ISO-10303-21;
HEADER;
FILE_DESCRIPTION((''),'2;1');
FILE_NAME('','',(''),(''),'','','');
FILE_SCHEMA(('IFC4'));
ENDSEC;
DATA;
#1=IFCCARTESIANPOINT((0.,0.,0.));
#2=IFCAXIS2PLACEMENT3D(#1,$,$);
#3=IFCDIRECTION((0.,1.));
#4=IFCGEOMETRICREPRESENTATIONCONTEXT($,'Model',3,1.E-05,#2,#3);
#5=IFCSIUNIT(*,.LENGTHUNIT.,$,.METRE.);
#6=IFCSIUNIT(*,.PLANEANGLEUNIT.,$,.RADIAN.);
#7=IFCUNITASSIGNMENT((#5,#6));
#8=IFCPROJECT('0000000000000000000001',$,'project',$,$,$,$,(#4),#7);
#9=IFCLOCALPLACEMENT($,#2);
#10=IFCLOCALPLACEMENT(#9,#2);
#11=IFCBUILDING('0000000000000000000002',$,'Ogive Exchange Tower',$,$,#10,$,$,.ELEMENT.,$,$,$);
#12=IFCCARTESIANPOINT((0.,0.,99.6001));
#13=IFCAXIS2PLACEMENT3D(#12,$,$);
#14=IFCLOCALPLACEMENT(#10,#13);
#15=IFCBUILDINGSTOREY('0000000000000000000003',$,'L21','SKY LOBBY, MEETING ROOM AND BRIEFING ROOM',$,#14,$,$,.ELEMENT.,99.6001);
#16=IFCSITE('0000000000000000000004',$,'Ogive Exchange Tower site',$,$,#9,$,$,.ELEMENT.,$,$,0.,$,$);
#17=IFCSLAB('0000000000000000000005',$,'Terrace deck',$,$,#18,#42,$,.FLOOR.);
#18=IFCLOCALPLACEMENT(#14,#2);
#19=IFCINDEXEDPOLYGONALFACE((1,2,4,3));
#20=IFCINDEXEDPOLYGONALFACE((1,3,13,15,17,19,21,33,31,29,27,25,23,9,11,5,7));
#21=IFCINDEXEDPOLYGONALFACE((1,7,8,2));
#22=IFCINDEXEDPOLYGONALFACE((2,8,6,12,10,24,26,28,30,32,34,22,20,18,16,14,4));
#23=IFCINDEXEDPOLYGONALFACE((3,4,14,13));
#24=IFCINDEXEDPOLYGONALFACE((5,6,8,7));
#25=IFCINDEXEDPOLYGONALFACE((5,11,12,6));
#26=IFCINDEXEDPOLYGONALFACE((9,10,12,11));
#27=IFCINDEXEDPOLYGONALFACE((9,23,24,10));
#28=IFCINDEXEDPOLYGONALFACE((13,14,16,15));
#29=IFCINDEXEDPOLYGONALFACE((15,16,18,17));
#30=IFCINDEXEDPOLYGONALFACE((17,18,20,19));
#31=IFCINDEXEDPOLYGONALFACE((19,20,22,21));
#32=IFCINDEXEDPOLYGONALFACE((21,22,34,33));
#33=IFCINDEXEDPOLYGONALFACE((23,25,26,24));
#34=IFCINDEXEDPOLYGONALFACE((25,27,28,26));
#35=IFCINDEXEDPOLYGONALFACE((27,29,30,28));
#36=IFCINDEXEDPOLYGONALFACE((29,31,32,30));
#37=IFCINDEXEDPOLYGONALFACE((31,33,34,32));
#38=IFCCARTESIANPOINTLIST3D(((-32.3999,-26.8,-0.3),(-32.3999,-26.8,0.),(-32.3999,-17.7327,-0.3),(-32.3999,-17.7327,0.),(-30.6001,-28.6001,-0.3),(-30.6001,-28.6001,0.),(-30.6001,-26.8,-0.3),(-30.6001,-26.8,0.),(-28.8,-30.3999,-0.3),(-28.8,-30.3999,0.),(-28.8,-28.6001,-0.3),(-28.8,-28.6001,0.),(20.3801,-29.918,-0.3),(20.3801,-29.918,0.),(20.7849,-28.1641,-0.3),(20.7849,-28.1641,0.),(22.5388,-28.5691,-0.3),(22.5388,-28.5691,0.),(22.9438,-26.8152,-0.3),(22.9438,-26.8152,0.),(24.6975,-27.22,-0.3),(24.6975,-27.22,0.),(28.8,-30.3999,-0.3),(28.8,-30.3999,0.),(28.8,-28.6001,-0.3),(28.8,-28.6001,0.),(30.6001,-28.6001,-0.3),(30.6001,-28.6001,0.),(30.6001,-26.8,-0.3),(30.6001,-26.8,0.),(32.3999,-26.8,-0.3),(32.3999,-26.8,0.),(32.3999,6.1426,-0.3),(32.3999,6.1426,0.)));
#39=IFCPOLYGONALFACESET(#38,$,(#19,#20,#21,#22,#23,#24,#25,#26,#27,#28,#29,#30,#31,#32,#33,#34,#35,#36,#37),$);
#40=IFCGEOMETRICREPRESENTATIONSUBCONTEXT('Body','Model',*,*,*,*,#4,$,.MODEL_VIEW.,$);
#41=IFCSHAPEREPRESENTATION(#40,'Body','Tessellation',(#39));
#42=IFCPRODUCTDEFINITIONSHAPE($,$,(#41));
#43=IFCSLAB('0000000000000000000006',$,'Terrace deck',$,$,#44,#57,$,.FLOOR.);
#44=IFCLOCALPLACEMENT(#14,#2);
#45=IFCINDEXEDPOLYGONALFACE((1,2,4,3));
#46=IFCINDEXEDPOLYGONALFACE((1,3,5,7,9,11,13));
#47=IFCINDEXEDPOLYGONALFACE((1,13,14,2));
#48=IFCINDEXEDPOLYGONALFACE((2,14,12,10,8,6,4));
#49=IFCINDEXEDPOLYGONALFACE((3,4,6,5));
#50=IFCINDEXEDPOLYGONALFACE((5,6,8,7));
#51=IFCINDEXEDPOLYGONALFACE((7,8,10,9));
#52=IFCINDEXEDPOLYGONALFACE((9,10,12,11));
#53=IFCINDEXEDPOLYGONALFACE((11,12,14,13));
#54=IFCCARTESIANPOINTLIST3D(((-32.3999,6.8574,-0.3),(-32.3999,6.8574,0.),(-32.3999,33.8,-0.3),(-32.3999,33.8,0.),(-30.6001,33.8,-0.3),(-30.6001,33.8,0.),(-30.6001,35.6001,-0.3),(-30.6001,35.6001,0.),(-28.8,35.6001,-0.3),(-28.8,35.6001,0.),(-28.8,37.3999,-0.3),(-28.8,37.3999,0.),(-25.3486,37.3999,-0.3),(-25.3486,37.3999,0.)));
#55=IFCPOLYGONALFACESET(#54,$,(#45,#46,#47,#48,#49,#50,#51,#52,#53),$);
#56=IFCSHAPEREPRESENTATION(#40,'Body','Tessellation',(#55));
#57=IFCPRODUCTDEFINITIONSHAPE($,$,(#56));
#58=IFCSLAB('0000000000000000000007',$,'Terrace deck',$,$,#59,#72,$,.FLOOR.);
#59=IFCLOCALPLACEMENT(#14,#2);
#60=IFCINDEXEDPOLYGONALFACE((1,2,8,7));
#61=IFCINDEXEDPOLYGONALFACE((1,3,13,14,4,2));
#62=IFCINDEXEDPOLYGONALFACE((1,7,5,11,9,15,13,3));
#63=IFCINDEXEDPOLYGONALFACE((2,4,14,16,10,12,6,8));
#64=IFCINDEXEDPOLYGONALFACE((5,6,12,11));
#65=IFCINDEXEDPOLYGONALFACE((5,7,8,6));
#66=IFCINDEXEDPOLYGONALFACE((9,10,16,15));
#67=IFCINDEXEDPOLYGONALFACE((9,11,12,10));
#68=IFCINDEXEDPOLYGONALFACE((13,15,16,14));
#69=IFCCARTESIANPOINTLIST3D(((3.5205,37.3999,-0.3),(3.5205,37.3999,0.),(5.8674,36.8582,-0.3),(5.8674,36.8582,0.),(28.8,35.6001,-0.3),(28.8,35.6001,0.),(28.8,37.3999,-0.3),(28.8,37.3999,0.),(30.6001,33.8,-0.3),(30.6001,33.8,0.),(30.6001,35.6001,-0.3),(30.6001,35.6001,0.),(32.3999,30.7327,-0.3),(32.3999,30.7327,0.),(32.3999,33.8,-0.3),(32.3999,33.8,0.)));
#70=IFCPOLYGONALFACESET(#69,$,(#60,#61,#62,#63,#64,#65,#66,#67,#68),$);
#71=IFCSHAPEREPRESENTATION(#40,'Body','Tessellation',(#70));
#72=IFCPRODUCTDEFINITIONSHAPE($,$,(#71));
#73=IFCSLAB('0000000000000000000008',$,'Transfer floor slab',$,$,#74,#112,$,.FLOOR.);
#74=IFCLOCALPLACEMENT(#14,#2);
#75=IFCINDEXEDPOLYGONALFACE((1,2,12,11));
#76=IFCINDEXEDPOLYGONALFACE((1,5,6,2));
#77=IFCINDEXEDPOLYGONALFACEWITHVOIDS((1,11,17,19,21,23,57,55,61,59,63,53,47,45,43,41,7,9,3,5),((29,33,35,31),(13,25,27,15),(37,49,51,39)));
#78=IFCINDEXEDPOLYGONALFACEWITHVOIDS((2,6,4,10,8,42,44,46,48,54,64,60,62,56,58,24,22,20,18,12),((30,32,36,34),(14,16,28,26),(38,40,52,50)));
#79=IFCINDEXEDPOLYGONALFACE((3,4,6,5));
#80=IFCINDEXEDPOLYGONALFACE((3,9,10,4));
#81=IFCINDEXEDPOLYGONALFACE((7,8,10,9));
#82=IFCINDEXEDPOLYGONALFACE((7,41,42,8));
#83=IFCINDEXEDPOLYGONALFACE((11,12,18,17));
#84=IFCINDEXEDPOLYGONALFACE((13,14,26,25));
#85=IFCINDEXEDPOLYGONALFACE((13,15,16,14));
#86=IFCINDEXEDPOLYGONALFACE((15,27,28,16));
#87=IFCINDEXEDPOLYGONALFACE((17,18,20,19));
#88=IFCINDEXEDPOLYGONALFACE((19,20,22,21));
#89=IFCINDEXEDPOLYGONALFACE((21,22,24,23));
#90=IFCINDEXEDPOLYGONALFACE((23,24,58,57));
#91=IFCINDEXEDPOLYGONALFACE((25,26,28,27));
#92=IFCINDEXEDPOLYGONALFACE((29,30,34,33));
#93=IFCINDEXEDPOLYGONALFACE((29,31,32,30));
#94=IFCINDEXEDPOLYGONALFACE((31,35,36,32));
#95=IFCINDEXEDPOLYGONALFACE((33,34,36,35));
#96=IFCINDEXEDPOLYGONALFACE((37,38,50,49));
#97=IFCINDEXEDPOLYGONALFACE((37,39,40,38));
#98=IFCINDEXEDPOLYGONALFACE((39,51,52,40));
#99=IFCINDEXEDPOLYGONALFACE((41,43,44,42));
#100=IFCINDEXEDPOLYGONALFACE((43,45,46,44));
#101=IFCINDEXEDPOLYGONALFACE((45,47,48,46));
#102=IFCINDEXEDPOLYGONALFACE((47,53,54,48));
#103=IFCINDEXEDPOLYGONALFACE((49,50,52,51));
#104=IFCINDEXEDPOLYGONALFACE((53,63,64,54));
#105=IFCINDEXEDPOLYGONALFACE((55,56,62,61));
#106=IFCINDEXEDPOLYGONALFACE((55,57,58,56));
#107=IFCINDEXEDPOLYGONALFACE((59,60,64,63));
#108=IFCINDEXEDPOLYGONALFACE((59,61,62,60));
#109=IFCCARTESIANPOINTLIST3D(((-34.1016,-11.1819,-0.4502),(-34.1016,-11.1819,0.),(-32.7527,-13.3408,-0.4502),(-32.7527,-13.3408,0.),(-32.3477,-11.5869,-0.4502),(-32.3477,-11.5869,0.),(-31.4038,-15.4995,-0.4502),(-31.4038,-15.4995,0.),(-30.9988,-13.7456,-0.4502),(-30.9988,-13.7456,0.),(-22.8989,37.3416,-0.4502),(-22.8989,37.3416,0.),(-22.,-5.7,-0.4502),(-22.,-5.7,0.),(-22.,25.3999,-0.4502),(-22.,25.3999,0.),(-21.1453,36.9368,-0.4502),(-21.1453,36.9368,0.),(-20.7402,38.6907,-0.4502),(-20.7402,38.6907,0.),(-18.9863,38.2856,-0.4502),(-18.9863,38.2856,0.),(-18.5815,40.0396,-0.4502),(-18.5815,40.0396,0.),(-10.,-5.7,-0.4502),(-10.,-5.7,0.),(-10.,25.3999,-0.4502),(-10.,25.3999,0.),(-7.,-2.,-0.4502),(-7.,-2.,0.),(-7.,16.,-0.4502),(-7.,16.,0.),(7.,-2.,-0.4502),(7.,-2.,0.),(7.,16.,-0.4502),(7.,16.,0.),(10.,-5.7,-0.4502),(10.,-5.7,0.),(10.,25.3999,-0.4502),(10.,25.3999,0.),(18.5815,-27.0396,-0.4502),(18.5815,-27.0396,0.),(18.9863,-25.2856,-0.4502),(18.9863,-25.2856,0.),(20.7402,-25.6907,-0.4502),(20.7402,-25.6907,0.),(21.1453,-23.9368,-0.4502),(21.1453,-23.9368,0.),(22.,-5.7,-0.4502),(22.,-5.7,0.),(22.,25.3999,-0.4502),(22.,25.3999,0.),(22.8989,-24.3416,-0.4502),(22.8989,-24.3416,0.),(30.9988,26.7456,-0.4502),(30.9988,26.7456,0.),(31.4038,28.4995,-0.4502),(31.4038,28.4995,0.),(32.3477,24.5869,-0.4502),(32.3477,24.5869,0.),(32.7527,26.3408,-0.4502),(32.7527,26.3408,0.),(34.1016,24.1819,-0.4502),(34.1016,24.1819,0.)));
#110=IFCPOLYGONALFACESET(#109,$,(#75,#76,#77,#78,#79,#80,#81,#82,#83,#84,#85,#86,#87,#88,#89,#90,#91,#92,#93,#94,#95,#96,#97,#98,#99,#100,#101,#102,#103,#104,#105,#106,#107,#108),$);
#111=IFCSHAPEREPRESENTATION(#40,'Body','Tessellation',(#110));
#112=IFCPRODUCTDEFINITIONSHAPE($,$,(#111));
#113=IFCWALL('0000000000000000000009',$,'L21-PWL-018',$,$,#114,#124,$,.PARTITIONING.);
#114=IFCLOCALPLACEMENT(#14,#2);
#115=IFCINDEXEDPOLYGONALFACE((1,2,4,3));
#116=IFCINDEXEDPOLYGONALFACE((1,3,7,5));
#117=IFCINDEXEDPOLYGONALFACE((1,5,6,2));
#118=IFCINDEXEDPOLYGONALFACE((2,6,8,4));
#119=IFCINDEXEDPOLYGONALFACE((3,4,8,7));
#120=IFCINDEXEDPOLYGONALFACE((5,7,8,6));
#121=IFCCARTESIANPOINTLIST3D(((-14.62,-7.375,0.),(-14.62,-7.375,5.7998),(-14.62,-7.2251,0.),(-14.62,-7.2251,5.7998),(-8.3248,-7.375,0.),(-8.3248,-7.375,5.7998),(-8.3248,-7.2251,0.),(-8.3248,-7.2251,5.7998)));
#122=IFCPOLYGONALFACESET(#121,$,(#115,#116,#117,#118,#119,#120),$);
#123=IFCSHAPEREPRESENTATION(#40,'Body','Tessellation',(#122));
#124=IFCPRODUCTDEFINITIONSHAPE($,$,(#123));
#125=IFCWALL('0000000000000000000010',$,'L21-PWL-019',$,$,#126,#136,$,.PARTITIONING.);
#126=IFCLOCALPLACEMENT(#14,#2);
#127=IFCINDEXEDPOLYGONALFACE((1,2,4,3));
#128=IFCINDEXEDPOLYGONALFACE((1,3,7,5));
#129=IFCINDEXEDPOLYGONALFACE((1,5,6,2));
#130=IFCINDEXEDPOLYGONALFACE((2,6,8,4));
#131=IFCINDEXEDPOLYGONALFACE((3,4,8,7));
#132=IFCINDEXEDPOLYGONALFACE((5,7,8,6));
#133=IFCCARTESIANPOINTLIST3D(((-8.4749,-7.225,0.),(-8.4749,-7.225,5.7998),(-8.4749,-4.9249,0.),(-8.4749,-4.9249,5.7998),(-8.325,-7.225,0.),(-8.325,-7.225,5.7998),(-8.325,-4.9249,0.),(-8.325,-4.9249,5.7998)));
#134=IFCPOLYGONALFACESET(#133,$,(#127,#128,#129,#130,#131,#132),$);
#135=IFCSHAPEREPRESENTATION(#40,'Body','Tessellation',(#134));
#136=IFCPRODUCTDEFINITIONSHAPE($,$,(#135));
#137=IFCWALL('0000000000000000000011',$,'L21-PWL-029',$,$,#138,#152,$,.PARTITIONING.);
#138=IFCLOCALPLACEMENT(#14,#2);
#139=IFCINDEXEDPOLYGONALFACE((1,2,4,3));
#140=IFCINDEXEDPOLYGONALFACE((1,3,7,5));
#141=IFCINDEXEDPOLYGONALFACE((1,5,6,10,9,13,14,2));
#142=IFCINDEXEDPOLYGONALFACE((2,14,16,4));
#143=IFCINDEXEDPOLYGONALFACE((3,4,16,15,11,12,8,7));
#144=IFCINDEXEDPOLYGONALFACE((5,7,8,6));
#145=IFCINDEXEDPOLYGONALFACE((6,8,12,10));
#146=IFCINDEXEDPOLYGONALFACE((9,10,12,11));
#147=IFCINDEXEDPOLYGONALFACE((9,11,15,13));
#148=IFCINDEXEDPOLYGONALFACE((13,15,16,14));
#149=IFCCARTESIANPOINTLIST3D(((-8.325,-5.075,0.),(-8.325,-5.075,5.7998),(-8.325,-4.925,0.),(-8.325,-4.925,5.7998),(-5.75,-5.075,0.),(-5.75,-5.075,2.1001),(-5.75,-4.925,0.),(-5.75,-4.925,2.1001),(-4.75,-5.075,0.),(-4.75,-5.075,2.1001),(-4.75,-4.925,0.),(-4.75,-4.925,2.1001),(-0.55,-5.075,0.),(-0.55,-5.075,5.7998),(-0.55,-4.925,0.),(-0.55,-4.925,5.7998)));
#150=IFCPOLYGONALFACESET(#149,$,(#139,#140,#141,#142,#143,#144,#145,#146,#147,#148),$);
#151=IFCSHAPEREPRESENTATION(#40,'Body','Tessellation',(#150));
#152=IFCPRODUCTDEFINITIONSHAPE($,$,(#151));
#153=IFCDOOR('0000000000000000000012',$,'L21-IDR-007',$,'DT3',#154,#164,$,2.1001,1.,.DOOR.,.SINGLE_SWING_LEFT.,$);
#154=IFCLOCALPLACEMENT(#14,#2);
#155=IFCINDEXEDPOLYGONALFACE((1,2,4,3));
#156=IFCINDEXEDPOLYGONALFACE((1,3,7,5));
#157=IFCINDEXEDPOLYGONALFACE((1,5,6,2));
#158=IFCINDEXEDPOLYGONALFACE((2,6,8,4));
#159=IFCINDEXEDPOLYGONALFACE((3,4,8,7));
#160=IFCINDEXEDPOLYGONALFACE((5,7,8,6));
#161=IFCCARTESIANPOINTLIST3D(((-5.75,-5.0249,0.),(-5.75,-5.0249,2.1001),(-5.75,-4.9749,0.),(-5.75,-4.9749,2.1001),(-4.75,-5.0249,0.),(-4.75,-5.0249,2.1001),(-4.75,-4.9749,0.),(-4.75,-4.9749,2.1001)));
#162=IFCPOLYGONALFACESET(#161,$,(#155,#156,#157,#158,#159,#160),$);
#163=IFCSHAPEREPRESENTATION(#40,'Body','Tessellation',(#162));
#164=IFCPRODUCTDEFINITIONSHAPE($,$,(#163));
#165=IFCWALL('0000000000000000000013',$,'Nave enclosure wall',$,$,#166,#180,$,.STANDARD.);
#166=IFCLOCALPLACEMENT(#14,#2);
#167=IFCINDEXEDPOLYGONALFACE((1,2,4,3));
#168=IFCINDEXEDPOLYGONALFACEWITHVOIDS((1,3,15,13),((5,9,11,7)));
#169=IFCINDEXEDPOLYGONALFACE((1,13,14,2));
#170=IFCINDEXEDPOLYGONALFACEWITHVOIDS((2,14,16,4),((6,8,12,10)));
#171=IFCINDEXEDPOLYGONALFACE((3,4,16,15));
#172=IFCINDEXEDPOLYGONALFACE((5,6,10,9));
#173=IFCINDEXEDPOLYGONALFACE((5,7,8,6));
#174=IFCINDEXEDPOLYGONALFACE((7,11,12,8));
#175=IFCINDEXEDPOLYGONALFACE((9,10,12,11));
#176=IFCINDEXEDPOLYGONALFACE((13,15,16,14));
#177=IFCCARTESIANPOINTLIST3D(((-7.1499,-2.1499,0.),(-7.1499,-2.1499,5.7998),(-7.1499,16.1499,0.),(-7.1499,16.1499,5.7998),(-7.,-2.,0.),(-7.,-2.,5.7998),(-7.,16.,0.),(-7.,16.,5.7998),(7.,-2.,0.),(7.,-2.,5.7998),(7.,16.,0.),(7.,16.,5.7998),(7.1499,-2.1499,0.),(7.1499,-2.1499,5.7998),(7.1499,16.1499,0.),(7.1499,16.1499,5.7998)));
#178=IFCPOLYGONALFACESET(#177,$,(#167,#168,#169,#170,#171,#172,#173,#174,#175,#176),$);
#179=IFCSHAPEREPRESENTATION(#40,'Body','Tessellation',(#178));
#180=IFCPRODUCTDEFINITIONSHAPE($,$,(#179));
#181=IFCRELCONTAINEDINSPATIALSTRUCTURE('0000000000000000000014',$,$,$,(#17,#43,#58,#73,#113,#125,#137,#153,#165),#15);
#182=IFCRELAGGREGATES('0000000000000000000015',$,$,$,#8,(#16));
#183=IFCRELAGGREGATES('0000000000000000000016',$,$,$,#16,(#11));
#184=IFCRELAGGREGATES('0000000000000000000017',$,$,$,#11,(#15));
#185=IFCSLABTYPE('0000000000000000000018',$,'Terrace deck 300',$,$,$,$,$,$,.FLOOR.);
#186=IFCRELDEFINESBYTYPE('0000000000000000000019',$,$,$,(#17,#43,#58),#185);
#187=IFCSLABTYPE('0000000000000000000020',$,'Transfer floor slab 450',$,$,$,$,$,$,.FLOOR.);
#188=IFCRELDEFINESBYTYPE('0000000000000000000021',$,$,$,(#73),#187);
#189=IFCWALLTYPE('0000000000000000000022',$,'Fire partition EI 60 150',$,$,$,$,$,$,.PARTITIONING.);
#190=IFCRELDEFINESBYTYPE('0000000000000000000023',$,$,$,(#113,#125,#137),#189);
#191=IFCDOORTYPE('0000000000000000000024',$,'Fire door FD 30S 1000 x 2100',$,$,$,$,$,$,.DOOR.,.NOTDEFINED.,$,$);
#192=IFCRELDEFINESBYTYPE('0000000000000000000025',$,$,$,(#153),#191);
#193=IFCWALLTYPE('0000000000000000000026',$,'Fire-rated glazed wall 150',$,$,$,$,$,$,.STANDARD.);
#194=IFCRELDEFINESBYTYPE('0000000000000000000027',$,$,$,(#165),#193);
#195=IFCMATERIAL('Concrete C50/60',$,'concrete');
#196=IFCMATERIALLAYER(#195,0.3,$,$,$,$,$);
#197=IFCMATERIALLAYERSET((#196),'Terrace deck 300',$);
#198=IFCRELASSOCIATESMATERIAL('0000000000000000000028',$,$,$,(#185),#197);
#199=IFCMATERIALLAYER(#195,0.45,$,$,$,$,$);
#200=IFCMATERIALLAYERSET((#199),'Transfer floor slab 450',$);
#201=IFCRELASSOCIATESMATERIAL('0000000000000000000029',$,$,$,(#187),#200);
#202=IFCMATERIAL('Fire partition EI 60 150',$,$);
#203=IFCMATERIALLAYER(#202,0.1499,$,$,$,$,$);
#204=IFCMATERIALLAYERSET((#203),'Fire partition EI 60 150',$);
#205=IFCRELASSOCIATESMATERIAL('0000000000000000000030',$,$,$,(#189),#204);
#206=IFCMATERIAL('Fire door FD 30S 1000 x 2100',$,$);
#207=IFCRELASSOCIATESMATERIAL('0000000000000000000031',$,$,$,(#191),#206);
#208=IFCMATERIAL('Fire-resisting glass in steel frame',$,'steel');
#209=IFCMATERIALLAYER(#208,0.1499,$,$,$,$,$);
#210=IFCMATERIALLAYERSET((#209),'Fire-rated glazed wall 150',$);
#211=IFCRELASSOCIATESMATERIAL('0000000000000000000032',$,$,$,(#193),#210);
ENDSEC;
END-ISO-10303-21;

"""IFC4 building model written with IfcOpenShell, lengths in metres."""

from ifc_helpers import new_model, si_unit, direction, frame, frame_2d, origin, place, context, subcontext, project, spatial, polyline, rectangle, outline, extrude, material, layer, layer_set, type_object, element, fill, save


model = new_model("IFC4")

# Units and contexts
model_context = context("Model", 3, precision=1e-05, world=origin(), true_north=direction((0.0, 1.0)))
body_context = subcontext(model_context, "Body", "Model", "MODEL_VIEW")
ifc_project = project(units=[si_unit("LENGTHUNIT", "METRE"), si_unit("PLANEANGLEUNIT", "RADIAN")], contexts=[model_context])

# Site, building, storey
site_placement = place(None, origin())
site = spatial("IfcSite", under=ifc_project, at=site_placement, Name="Ogive Exchange Tower site", CompositionType="ELEMENT", RefElevation=0.0)
building_placement = place(site_placement, origin())
building = spatial("IfcBuilding", under=site, at=building_placement, Name="Ogive Exchange Tower", CompositionType="ELEMENT")
storey_placement = place(building_placement, frame((0.0, 0.0, 99.6001)))
storey = spatial("IfcBuildingStorey", under=building, at=storey_placement, Name="L21", Description="SKY LOBBY, MEETING ROOM AND BRIEFING ROOM", CompositionType="ELEMENT", Elevation=99.6001)

# Slabs
ifc_material_1 = material(Name="Concrete C50/60", Category="concrete")
ifc_layer_1 = layer(ifc_material_1, 0.3)
ifc_layer_set_1 = layer_set([ifc_layer_1], Name="Terrace deck 300")
slab_type_1 = type_object("IfcSlabType", Name="Terrace deck 300", PredefinedType="FLOOR", material=ifc_layer_set_1)
slab_1_placement = place(storey_placement, frame((0.0, 0.0, -0.3)))
element("IfcSlab", 1, at=slab_1_placement, inside=storey, type_object=slab_type_1, Name="Terrace deck", PredefinedType="FLOOR", context=body_context, shape_type="SweptSolid", body=[
    extrude(outline(polyline([(30.6001, -26.8), (30.6001, -28.6001), (28.8, -28.6001), (28.8, -30.3999), (-28.8, -30.3999), (-28.8, -28.6001), (-30.6001, -28.6001), (-30.6001, -26.8), (-32.3999, -26.8), (-32.3999, -17.7327), (20.3801, -29.918), (20.7849, -28.1641), (22.5388, -28.5691), (22.9438, -26.8152), (24.6975, -27.22), (32.3999, 6.1426), (32.3999, -26.8), (30.6001, -26.8)])), origin(), (0.0, 0.0, 1.0), 0.3),
])
slab_2_placement = place(storey_placement, frame((0.0, 0.0, -0.3)))
element("IfcSlab", 2, at=slab_2_placement, inside=storey, type_object=slab_type_1, Name="Terrace deck", PredefinedType="FLOOR", context=body_context, shape_type="SweptSolid", body=[
    extrude(outline(polyline([(-30.6001, 33.8), (-30.6001, 35.6001), (-28.8, 35.6001), (-28.8, 37.3999), (-25.3486, 37.3999), (-32.3999, 6.8574), (-32.3999, 33.8), (-30.6001, 33.8)])), origin(), (0.0, 0.0, 1.0), 0.3),
])
slab_3_placement = place(storey_placement, frame((0.0, 0.0, -0.3)))
element("IfcSlab", 3, at=slab_3_placement, inside=storey, type_object=slab_type_1, Name="Terrace deck", PredefinedType="FLOOR", context=body_context, shape_type="SweptSolid", body=[
    extrude(outline(polyline([(28.8, 35.6001), (30.6001, 35.6001), (30.6001, 33.8), (32.3999, 33.8), (32.3999, 30.7327), (5.8674, 36.8582), (3.5205, 37.3999), (28.8, 37.3999), (28.8, 35.6001)])), origin(), (0.0, 0.0, 1.0), 0.3),
])
ifc_layer_2 = layer(ifc_material_1, 0.45)
ifc_layer_set_2 = layer_set([ifc_layer_2], Name="Transfer floor slab 450")
slab_type_2 = type_object("IfcSlabType", Name="Transfer floor slab 450", PredefinedType="FLOOR", material=ifc_layer_set_2)
slab_4_placement = place(storey_placement, frame((0.0, 0.0, -0.4502)))
element("IfcSlab", 4, at=slab_4_placement, inside=storey, type_object=slab_type_2, Name="Transfer floor slab", PredefinedType="FLOOR", context=body_context, shape_type="SweptSolid", body=[
    extrude(outline(polyline([(-30.9988, -13.7456), (-32.7527, -13.3408), (-32.3477, -11.5869), (-34.1016, -11.1819), (-22.8989, 37.3416), (-21.1453, 36.9368), (-20.7402, 38.6907), (-18.9863, 38.2856), (-18.5815, 40.0396), (31.4038, 28.4995), (30.9988, 26.7456), (32.7527, 26.3408), (32.3477, 24.5869), (34.1016, 24.1819), (22.8989, -24.3416), (21.1453, -23.9368), (20.7402, -25.6907), (18.9863, -25.2856), (18.5815, -27.0396), (-31.4038, -15.4995), (-30.9988, -13.7456)]), holes=[polyline([(7.0, -2.0), (7.0, 16.0), (-7.0, 16.0), (-7.0, -2.0), (7.0, -2.0)]), polyline([(-22.0, -5.7), (-10.0, -5.7), (-10.0, 25.3999), (-22.0, 25.3999), (-22.0, -5.7)]), polyline([(10.0, -5.7), (22.0, -5.7), (22.0, 25.3999), (10.0, 25.3999), (10.0, -5.7)])]), origin(), (0.0, 0.0, 1.0), 0.4502),
])

# Walls
ifc_material_2 = material(Name="Fire partition EI 60 150")
ifc_layer_3 = layer(ifc_material_2, 0.1499)
ifc_layer_set_3 = layer_set([ifc_layer_3], Name="Fire partition EI 60 150")
wall_type_1 = type_object("IfcWallType", Name="Fire partition EI 60 150", PredefinedType="PARTITIONING", material=ifc_layer_set_3)
wall_1_placement = place(storey_placement, frame((-8.325, -7.3, 0.0), z_axis=(0.0, 0.0, 1.0), x_axis=(-1.0, 0.0, 0.0)))
element("IfcWall", 5, at=wall_1_placement, inside=storey, type_object=wall_type_1, Name="L21-PWL-018", PredefinedType="PARTITIONING", context=body_context, shape_type="SweptSolid", body=[
    extrude(rectangle(XDim=6.2952, YDim=0.1499, at=frame_2d((3.1475, 0.0))), origin(), (0.0, 0.0, 1.0), 5.7998),
])
wall_2_placement = place(storey_placement, frame((-8.3999, -4.925, 0.0), z_axis=(0.0, 0.0, 1.0), x_axis=(0.0, -1.0, 0.0)))
element("IfcWall", 6, at=wall_2_placement, inside=storey, type_object=wall_type_1, Name="L21-PWL-019", PredefinedType="PARTITIONING", context=body_context, shape_type="SweptSolid", body=[
    extrude(rectangle(XDim=2.3, YDim=0.1499, at=frame_2d((1.1499, 0.0))), origin(), (0.0, 0.0, 1.0), 5.7998),
])

# Wall, opening, door
wall_3_placement = place(storey_placement, frame((-0.55, -5.0, 0.0), z_axis=(0.0, 0.0, 1.0), x_axis=(-1.0, 0.0, 0.0)))
wall_3 = element("IfcWall", 7, at=wall_3_placement, inside=storey, type_object=wall_type_1, Name="L21-PWL-029", PredefinedType="PARTITIONING", context=body_context, shape_type="SweptSolid", body=[
    extrude(rectangle(XDim=7.7749, YDim=0.1499, at=frame_2d((3.8875, 0.0))), origin(), (0.0, 0.0, 1.0), 5.7998),
])
opening_1_placement = place(wall_3_placement, frame((4.2, 0.0, 0.0)))
opening_1 = element("IfcOpeningElement", 8, at=opening_1_placement, cuts=wall_3, PredefinedType="OPENING", context=body_context, shape_type="SweptSolid", body=[
    extrude(rectangle(XDim=1.0, YDim=2.1001, at=frame_2d((0.5, 1.05))), frame((0.0, 0.085, 0.0), z_axis=(0.0, -1.0, 0.0), x_axis=(1.0, 0.0, 0.0)), (0.0, 0.0, 1.0), 0.1699),
])
ifc_material_3 = material(Name="Fire door FD 30S 1000 x 2100")
door_type_1 = type_object("IfcDoorType", Name="Fire door FD 30S 1000 x 2100", OperationType="NOTDEFINED", PredefinedType="DOOR", material=ifc_material_3)
door_1_placement = place(opening_1_placement, origin())
door_1 = element("IfcDoor", 9, at=door_1_placement, inside=storey, type_object=door_type_1, Name="L21-IDR-007", ObjectType="DT3", OperationType="SINGLE_SWING_LEFT", OverallHeight=2.1001, OverallWidth=1.0, PredefinedType="DOOR", context=body_context, shape_type="SweptSolid", body=[
    extrude(rectangle(XDim=1.0, YDim=2.1001, at=frame_2d((0.5, 1.05))), frame((0.0, 0.0249, 0.0), z_axis=(0.0, -1.0, 0.0), x_axis=(1.0, 0.0, 0.0)), (0.0, 0.0, 1.0), 0.05),
])
fill(opening_1, door_1)

# Wall
ifc_material_4 = material(Name="Fire-resisting glass in steel frame", Category="steel")
ifc_layer_4 = layer(ifc_material_4, 0.1499)
ifc_layer_set_4 = layer_set([ifc_layer_4], Name="Fire-rated glazed wall 150")
wall_type_2 = type_object("IfcWallType", Name="Fire-rated glazed wall 150", PredefinedType="STANDARD", material=ifc_layer_set_4)
wall_4_placement = place(storey_placement, origin())
element("IfcWall", 10, at=wall_4_placement, inside=storey, type_object=wall_type_2, Name="Nave enclosure wall", PredefinedType="STANDARD", context=body_context, shape_type="SweptSolid", body=[
    extrude(outline(polyline([(-7.1499, -2.1499), (7.1499, -2.1499), (7.1499, 16.1499), (-7.1499, 16.1499), (-7.1499, -2.1499)]), holes=[polyline([(-7.0, -2.0), (-7.0, 16.0), (7.0, 16.0), (7.0, -2.0), (-7.0, -2.0)])]), origin(), (0.0, 0.0, 1.0), 5.7998),
])

save(model, "model.ifc")
